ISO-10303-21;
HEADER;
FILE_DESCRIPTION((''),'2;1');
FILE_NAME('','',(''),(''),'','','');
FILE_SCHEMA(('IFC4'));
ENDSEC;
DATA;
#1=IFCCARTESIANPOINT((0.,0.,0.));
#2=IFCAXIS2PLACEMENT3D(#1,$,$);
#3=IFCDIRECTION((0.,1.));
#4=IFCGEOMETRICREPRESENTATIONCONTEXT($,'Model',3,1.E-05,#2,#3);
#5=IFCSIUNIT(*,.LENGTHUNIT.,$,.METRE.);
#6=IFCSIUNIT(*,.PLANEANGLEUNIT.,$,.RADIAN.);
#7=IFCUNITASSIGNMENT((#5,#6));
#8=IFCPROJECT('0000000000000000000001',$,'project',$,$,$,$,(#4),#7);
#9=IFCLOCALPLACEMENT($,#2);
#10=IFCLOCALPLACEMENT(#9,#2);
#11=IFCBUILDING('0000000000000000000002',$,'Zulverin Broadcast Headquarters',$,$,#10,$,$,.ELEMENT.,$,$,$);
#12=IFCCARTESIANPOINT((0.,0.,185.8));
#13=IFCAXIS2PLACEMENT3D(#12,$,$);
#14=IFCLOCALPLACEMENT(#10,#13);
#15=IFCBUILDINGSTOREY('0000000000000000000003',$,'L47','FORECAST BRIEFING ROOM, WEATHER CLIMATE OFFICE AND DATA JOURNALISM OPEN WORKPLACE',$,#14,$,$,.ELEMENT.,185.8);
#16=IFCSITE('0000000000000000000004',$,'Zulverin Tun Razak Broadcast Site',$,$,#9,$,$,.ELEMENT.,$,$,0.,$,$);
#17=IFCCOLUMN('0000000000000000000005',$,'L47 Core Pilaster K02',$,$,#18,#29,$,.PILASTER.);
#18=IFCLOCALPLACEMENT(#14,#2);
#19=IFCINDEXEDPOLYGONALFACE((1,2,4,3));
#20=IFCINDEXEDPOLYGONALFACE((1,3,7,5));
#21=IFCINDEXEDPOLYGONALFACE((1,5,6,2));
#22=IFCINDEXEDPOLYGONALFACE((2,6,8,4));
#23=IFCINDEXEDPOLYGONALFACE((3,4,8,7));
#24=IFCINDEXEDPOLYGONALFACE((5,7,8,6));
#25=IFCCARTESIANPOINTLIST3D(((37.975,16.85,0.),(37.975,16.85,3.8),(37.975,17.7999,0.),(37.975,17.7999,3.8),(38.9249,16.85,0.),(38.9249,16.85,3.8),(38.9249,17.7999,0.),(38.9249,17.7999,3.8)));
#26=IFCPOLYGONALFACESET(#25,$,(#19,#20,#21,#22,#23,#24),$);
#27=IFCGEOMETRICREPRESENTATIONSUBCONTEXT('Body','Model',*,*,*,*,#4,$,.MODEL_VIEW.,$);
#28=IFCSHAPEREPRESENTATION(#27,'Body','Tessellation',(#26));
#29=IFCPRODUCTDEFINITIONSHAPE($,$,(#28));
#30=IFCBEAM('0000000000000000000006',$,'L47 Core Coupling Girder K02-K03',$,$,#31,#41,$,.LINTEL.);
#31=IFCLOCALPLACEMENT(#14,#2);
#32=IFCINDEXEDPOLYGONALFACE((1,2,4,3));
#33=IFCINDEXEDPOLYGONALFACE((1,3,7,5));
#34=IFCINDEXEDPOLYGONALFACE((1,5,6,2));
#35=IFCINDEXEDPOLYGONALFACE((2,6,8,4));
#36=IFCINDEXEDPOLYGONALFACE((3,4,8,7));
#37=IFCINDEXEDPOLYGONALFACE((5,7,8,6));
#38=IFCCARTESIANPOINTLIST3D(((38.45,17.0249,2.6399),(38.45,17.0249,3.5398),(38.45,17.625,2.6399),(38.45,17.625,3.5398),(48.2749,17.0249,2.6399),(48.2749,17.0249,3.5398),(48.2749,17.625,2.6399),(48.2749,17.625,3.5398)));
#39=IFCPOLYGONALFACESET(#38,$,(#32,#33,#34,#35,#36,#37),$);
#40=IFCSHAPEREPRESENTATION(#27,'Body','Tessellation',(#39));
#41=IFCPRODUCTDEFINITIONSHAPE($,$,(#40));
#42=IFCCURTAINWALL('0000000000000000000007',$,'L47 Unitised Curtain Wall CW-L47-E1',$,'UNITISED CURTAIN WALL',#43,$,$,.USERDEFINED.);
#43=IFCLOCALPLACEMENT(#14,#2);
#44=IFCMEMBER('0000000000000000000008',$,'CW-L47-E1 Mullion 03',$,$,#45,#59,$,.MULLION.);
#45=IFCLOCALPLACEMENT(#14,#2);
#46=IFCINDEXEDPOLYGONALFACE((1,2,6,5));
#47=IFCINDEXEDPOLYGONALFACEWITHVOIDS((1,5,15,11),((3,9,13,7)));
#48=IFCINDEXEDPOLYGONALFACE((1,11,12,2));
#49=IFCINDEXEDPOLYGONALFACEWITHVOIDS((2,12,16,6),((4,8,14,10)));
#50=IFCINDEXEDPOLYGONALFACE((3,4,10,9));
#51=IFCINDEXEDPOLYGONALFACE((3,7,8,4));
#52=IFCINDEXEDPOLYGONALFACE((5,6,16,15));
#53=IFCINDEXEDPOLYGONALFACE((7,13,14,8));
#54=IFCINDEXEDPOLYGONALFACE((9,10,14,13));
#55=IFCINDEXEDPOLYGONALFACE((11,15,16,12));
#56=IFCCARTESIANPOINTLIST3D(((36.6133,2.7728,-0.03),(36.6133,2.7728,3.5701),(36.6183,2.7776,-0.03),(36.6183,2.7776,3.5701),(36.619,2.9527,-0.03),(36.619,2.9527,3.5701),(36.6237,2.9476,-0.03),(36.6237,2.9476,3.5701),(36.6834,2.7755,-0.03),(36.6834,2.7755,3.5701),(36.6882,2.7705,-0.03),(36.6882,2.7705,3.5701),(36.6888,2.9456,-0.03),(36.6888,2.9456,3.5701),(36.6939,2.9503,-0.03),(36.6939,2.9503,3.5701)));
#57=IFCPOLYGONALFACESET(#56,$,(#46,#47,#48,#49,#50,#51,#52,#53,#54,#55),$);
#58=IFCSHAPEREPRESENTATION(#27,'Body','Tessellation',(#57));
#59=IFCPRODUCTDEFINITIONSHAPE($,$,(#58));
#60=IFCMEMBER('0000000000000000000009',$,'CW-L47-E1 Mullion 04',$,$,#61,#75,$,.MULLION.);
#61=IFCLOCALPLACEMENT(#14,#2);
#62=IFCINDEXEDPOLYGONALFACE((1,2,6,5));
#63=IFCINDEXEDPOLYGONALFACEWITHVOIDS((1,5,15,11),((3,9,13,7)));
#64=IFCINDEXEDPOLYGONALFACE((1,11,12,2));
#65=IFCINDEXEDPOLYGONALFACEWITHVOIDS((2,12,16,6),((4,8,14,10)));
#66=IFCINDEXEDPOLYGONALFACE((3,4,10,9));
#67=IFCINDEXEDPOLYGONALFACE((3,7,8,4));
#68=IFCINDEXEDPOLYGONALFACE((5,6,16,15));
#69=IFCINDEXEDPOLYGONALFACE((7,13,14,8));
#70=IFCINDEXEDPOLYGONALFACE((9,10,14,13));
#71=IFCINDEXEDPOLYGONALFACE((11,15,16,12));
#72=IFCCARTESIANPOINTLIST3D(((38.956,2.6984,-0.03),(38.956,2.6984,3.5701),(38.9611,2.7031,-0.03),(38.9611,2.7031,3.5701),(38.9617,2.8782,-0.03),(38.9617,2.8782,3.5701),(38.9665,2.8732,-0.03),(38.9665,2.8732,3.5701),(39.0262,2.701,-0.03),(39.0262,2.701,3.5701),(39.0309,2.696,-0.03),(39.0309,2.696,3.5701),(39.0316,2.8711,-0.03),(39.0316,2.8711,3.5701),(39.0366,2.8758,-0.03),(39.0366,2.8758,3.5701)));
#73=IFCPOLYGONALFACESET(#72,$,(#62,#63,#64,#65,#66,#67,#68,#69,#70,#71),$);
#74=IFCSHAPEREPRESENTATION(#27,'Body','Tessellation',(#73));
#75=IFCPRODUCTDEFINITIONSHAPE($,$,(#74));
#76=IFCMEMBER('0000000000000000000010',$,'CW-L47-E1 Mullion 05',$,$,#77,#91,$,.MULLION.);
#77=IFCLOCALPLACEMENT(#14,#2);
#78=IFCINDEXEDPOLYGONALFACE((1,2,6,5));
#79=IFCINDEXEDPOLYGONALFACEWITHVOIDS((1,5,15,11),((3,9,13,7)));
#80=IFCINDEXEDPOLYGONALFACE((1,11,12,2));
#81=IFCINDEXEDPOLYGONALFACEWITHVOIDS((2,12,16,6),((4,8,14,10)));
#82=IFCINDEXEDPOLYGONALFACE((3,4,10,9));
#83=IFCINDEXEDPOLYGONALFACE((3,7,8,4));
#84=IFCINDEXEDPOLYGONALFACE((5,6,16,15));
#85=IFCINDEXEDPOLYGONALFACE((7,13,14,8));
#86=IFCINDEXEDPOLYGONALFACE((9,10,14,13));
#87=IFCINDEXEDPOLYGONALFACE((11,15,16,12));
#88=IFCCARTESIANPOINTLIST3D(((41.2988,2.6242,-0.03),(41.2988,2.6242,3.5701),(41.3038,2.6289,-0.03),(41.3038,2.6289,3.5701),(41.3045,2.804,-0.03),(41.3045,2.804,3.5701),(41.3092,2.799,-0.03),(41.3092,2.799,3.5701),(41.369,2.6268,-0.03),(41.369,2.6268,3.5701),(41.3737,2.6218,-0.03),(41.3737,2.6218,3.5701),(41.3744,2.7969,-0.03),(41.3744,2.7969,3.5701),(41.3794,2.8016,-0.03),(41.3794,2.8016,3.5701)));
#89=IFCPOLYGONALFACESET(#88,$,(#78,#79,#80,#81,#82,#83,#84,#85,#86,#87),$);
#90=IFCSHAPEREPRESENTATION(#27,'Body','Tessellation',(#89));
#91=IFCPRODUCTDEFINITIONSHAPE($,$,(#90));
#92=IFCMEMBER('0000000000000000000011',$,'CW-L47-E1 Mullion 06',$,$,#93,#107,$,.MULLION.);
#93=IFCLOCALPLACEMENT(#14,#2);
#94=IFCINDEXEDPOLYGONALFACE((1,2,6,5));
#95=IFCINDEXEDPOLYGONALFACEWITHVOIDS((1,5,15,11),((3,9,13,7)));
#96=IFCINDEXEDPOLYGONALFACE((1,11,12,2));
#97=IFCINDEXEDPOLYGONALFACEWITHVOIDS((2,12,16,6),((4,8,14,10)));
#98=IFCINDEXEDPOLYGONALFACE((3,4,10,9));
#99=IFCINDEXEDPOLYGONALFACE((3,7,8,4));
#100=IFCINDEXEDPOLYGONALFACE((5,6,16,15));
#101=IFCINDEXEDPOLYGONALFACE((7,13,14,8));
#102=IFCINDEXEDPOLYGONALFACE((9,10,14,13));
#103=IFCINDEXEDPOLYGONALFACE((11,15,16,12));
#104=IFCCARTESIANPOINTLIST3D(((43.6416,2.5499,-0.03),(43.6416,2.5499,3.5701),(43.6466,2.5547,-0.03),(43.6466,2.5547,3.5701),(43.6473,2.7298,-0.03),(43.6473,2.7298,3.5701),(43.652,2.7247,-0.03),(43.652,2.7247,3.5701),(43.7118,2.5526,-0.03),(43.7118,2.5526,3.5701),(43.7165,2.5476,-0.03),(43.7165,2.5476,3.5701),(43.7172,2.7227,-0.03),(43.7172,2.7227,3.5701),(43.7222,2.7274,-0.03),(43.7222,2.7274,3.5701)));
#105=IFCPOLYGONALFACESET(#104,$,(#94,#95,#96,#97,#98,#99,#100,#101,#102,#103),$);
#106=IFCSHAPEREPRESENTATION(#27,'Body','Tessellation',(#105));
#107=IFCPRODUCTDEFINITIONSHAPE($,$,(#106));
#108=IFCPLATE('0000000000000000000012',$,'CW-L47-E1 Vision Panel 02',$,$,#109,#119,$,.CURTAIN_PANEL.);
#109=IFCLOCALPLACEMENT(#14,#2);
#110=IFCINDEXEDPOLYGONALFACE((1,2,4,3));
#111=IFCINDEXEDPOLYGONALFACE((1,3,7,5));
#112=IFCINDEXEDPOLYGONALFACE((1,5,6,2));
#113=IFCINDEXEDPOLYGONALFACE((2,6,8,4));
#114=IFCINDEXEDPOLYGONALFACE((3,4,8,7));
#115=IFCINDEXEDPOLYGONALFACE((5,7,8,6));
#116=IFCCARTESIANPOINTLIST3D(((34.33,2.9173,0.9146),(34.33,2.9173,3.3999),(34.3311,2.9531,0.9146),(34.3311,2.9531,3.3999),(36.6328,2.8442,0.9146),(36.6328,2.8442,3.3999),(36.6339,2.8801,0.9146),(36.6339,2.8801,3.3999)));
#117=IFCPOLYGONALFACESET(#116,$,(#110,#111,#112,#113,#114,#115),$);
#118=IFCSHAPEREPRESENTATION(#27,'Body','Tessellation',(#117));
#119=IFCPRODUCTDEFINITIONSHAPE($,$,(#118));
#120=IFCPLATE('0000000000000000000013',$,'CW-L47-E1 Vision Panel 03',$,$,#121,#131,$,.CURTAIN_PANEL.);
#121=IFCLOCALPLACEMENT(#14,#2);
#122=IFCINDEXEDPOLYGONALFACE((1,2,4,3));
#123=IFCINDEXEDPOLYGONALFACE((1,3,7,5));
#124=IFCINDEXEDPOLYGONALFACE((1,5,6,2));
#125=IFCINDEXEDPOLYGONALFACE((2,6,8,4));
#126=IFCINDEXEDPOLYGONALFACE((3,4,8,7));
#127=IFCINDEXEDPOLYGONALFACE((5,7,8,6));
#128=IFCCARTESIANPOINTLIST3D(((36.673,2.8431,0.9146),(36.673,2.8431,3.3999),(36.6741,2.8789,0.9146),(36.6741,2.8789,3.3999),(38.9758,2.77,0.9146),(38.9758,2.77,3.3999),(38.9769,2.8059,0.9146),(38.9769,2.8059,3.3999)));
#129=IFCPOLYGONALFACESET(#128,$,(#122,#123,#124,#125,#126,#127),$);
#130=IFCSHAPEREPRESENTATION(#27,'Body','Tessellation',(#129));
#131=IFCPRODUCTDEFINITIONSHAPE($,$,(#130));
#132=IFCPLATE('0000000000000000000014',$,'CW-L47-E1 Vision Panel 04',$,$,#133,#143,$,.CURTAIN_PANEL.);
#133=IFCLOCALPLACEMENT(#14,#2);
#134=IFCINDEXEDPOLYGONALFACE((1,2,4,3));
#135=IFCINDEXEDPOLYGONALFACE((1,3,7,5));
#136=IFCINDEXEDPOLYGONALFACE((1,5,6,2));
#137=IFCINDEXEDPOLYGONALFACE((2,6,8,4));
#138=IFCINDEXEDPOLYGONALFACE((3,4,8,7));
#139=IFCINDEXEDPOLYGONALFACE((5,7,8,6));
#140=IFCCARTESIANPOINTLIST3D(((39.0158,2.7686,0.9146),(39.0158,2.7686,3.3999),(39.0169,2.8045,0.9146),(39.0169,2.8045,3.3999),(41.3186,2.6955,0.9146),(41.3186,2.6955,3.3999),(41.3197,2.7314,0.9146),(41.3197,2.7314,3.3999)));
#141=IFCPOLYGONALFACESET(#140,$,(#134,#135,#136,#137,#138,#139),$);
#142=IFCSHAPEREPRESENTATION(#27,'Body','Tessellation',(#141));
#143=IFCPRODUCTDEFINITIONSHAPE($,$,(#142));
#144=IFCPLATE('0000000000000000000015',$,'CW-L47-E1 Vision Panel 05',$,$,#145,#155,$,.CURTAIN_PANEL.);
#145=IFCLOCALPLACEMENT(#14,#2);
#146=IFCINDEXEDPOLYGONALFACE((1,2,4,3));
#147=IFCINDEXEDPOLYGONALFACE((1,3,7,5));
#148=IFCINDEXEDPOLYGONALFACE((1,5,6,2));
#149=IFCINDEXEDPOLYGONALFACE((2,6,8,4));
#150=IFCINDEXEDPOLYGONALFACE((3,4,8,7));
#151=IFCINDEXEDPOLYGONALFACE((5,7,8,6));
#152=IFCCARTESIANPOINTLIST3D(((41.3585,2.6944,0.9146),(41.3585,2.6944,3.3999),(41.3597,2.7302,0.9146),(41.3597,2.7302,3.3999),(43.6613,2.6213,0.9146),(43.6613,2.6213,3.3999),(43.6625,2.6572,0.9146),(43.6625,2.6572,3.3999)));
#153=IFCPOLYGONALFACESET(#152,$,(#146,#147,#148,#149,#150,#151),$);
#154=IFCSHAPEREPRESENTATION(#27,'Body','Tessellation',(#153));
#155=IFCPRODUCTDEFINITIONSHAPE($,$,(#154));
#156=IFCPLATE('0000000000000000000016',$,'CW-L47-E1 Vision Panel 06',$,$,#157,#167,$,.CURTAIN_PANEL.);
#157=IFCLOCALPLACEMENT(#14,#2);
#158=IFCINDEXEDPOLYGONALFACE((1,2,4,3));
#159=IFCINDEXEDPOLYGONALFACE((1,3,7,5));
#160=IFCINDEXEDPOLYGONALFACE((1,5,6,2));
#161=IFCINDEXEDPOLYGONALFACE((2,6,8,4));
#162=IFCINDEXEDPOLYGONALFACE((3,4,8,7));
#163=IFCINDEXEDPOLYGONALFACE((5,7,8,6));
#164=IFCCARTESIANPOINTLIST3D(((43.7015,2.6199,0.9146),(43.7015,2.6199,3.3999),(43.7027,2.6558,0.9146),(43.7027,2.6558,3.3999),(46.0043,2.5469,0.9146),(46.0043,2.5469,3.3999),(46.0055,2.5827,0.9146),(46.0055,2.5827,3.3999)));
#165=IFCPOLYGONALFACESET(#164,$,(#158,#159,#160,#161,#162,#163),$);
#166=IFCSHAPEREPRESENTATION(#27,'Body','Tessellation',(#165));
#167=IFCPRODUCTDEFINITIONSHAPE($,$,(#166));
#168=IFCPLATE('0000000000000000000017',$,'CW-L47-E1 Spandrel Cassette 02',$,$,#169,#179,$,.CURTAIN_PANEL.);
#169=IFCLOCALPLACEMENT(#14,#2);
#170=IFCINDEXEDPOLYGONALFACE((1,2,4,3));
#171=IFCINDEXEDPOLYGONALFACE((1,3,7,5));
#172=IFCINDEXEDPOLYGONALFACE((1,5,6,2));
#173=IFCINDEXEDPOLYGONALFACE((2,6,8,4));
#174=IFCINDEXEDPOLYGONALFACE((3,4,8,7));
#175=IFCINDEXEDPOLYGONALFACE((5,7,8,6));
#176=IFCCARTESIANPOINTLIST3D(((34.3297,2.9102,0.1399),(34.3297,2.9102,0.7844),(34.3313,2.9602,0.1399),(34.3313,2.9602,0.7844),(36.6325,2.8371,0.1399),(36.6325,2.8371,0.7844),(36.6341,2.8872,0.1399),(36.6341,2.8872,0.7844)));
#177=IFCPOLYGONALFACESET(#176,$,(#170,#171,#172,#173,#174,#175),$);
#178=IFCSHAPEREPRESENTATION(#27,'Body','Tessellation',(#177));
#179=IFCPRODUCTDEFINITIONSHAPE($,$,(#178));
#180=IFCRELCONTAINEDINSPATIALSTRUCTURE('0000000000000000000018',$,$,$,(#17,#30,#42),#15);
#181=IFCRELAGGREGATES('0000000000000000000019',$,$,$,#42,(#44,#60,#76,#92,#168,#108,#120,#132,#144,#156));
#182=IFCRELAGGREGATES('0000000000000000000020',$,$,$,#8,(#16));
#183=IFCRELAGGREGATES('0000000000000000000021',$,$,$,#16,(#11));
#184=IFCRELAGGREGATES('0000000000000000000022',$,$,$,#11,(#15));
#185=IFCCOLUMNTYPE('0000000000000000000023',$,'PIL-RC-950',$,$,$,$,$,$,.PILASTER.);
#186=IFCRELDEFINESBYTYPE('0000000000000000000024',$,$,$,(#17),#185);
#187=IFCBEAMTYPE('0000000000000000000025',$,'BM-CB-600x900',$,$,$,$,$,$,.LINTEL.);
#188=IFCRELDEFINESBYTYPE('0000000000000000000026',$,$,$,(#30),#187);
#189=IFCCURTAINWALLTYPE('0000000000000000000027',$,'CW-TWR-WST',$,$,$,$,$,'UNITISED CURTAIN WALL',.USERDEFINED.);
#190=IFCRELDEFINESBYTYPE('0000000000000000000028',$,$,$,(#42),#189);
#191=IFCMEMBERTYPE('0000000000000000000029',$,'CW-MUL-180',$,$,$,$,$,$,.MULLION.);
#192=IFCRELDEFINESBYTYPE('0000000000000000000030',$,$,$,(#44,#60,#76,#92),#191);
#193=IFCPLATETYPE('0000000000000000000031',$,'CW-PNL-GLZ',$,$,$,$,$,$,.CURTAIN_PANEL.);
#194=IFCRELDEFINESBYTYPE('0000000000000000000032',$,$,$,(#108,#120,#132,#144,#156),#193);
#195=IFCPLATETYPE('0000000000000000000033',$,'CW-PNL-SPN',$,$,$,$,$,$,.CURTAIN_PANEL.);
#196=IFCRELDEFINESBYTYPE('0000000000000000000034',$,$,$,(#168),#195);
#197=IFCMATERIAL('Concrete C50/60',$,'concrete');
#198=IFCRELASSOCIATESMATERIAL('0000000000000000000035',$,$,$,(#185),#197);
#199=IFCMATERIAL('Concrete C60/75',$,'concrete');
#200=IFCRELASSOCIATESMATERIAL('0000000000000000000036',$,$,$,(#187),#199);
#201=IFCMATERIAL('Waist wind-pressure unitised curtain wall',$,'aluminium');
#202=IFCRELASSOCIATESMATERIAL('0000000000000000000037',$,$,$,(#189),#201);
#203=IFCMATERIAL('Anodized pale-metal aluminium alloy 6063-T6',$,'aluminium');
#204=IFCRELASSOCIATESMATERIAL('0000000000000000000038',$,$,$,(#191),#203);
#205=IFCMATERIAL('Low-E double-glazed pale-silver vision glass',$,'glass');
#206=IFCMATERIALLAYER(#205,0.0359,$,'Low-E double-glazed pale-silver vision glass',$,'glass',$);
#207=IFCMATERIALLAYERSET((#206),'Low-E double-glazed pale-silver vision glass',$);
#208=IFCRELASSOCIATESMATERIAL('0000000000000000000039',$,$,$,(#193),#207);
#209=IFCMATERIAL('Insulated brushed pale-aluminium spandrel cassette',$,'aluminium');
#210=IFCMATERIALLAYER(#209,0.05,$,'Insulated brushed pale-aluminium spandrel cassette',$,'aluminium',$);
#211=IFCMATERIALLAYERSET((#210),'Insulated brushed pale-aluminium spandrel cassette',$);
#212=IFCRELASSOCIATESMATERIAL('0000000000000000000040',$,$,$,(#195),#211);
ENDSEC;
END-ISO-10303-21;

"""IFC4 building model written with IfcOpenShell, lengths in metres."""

from ifc_helpers import new_model, si_unit, direction, frame, origin, origin_2d, place, context, subcontext, project, spatial, rectangle, hollow_rectangle, extrude, material, layer, layer_set, material_profile, profile_set, type_object, element, aggregate, save


model = new_model("IFC4")

# Units and contexts
model_context = context("Model", 3, precision=1e-05, world=origin(), true_north=direction((0.0, 1.0)))
body_context = subcontext(model_context, "Body", "Model", "MODEL_VIEW")
ifc_project = project(units=[si_unit("LENGTHUNIT", "METRE"), si_unit("PLANEANGLEUNIT", "RADIAN")], contexts=[model_context])

# Site, building, storey
site_placement = place(None, origin())
site = spatial("IfcSite", under=ifc_project, at=site_placement, Name="Zulverin Tun Razak Broadcast Site", CompositionType="ELEMENT", RefElevation=0.0)
building_placement = place(site_placement, origin())
building = spatial("IfcBuilding", under=site, at=building_placement, Name="Zulverin Broadcast Headquarters", CompositionType="ELEMENT")
storey_placement = place(building_placement, frame((0.0, 0.0, 185.8)))
storey = spatial("IfcBuildingStorey", under=building, at=storey_placement, Name="L47", Description="FORECAST BRIEFING ROOM, WEATHER CLIMATE OFFICE AND DATA JOURNALISM OPEN WORKPLACE", CompositionType="ELEMENT", Elevation=185.8)

# Column
ifc_material_1 = material(Name="Concrete C50/60", Category="concrete")
ifc_material_profile_1 = material_profile(ifc_material_1, rectangle(XDim=0.95, YDim=0.95, at=origin_2d()), Name="Concrete C50/60", Category="concrete")
ifc_profile_set_1 = profile_set([ifc_material_profile_1], Name="Concrete C50/60")
column_type = type_object("IfcColumnType", Name="PIL-RC-950", PredefinedType="PILASTER", material=ifc_profile_set_1)
column_placement = place(storey_placement, frame((38.45, 17.325, 0.0), z_axis=(0.0, 0.0, 1.0), x_axis=(1.0, 0.0, 0.0)))
element("IfcColumn", 1, at=column_placement, inside=storey, type_object=column_type, Name="L47 Core Pilaster K02", PredefinedType="PILASTER", context=body_context, shape_type="SweptSolid", body=[
    extrude(rectangle(XDim=0.95, YDim=0.95, at=origin_2d()), origin(), (0.0, 0.0, 1.0), 3.8),
])

# Beam
ifc_material_2 = material(Name="Concrete C60/75", Category="concrete")
ifc_material_profile_2 = material_profile(ifc_material_2, rectangle(XDim=0.6001, YDim=0.8999, at=origin_2d()), Name="Concrete C60/75", Category="concrete")
ifc_profile_set_2 = profile_set([ifc_material_profile_2], Name="Concrete C60/75")
beam_type = type_object("IfcBeamType", Name="BM-CB-600x900", PredefinedType="LINTEL", material=ifc_profile_set_2)
beam_placement = place(storey_placement, frame((38.45, 17.325, 3.0898), z_axis=(1.0, 0.0, 0.0), x_axis=(0.0, 1.0, 0.0)))
element("IfcBeam", 2, at=beam_placement, inside=storey, type_object=beam_type, Name="L47 Core Coupling Girder K02-K03", PredefinedType="LINTEL", context=body_context, shape_type="SweptSolid", body=[
    extrude(rectangle(XDim=0.6001, YDim=0.8999, at=origin_2d()), origin(), (0.0, 0.0, 1.0), 9.825),
])

# Curtain wall, members, plates
ifc_material_3 = material(Name="Waist wind-pressure unitised curtain wall", Category="aluminium")
curtain_wall_type = type_object("IfcCurtainWallType", Name="CW-TWR-WST", ElementType="UNITISED CURTAIN WALL", PredefinedType="USERDEFINED", material=ifc_material_3)
curtain_wall_placement = place(storey_placement, origin())
curtain_wall = element("IfcCurtainWall", 3, at=curtain_wall_placement, inside=storey, type_object=curtain_wall_type, Name="L47 Unitised Curtain Wall CW-L47-E1", ObjectType="UNITISED CURTAIN WALL", PredefinedType="USERDEFINED")
ifc_material_4 = material(Name="Anodized pale-metal aluminium alloy 6063-T6", Category="aluminium")
ifc_material_profile_3 = material_profile(ifc_material_4, hollow_rectangle(XDim=0.075, YDim=0.1799, WallThickness=0.0049, at=origin_2d()), Name="Anodized pale-metal aluminium alloy 6063-T6", Category="aluminium")
ifc_profile_set_3 = profile_set([ifc_material_profile_3], Name="Anodized pale-metal aluminium alloy 6063-T6")
member_type = type_object("IfcMemberType", Name="CW-MUL-180", PredefinedType="MULLION", material=ifc_profile_set_3)
member_1_placement = place(storey_placement, frame((36.6536, 2.8616, -0.03), z_axis=(0.0, 0.0, 1.0), x_axis=(0.999497, -0.031709, 0.0)))
member_1 = element("IfcMember", 4, at=member_1_placement, type_object=member_type, Name="CW-L47-E1 Mullion 03", PredefinedType="MULLION", context=body_context, shape_type="SweptSolid", body=[
    extrude(hollow_rectangle(XDim=0.075, YDim=0.1799, WallThickness=0.0049, at=origin_2d()), origin(), (0.0, 0.0, 1.0), 3.6001),
])
member_2_placement = place(storey_placement, frame((38.9963, 2.7871, -0.03), z_axis=(0.0, 0.0, 1.0), x_axis=(0.999497, -0.031709, 0.0)))
member_2 = element("IfcMember", 5, at=member_2_placement, type_object=member_type, Name="CW-L47-E1 Mullion 04", PredefinedType="MULLION", context=body_context, shape_type="SweptSolid", body=[
    extrude(hollow_rectangle(XDim=0.075, YDim=0.1799, WallThickness=0.0049, at=origin_2d()), origin(), (0.0, 0.0, 1.0), 3.6001),
])
member_3_placement = place(storey_placement, frame((41.3391, 2.7129, -0.03), z_axis=(0.0, 0.0, 1.0), x_axis=(0.999497, -0.031709, 0.0)))
member_3 = element("IfcMember", 6, at=member_3_placement, type_object=member_type, Name="CW-L47-E1 Mullion 05", PredefinedType="MULLION", context=body_context, shape_type="SweptSolid", body=[
    extrude(hollow_rectangle(XDim=0.075, YDim=0.1799, WallThickness=0.0049, at=origin_2d()), origin(), (0.0, 0.0, 1.0), 3.6001),
])
member_4_placement = place(storey_placement, frame((43.6819, 2.6387, -0.03), z_axis=(0.0, 0.0, 1.0), x_axis=(0.999497, -0.031709, 0.0)))
member_4 = element("IfcMember", 7, at=member_4_placement, type_object=member_type, Name="CW-L47-E1 Mullion 06", PredefinedType="MULLION", context=body_context, shape_type="SweptSolid", body=[
    extrude(hollow_rectangle(XDim=0.075, YDim=0.1799, WallThickness=0.0049, at=origin_2d()), origin(), (0.0, 0.0, 1.0), 3.6001),
])
ifc_material_5 = material(Name="Low-E double-glazed pale-silver vision glass", Category="glass")
ifc_layer_1 = layer(ifc_material_5, 0.0359, Name="Low-E double-glazed pale-silver vision glass", Category="glass")
ifc_layer_set_1 = layer_set([ifc_layer_1], Name="Low-E double-glazed pale-silver vision glass")
plate_type_1 = type_object("IfcPlateType", Name="CW-PNL-GLZ", PredefinedType="CURTAIN_PANEL", material=ifc_layer_set_1)
plate_1_placement = place(storey_placement, frame((35.4819, 2.8987, 0.9146), z_axis=(0.0, 0.0, 1.0), x_axis=(0.999497, -0.031709, 0.0)))
plate_1 = element("IfcPlate", 8, at=plate_1_placement, type_object=plate_type_1, Name="CW-L47-E1 Vision Panel 02", PredefinedType="CURTAIN_PANEL", context=body_context, shape_type="SweptSolid", body=[
    extrude(rectangle(XDim=2.304, YDim=0.0359, at=origin_2d()), origin(), (0.0, 0.0, 1.0), 2.4854),
])
plate_2_placement = place(storey_placement, frame((37.825, 2.8245, 0.9146), z_axis=(0.0, 0.0, 1.0), x_axis=(0.999497, -0.031709, 0.0)))
plate_2 = element("IfcPlate", 9, at=plate_2_placement, type_object=plate_type_1, Name="CW-L47-E1 Vision Panel 03", PredefinedType="CURTAIN_PANEL", context=body_context, shape_type="SweptSolid", body=[
    extrude(rectangle(XDim=2.304, YDim=0.0359, at=origin_2d()), origin(), (0.0, 0.0, 1.0), 2.4854),
])
plate_3_placement = place(storey_placement, frame((40.1677, 2.75, 0.9146), z_axis=(0.0, 0.0, 1.0), x_axis=(0.999497, -0.031709, 0.0)))
plate_3 = element("IfcPlate", 10, at=plate_3_placement, type_object=plate_type_1, Name="CW-L47-E1 Vision Panel 04", PredefinedType="CURTAIN_PANEL", context=body_context, shape_type="SweptSolid", body=[
    extrude(rectangle(XDim=2.304, YDim=0.0359, at=origin_2d()), origin(), (0.0, 0.0, 1.0), 2.4854),
])
plate_4_placement = place(storey_placement, frame((42.5105, 2.6758, 0.9146), z_axis=(0.0, 0.0, 1.0), x_axis=(0.999497, -0.031709, 0.0)))
plate_4 = element("IfcPlate", 11, at=plate_4_placement, type_object=plate_type_1, Name="CW-L47-E1 Vision Panel 05", PredefinedType="CURTAIN_PANEL", context=body_context, shape_type="SweptSolid", body=[
    extrude(rectangle(XDim=2.304, YDim=0.0359, at=origin_2d()), origin(), (0.0, 0.0, 1.0), 2.4854),
])
plate_5_placement = place(storey_placement, frame((44.8535, 2.6013, 0.9146), z_axis=(0.0, 0.0, 1.0), x_axis=(0.999497, -0.031709, 0.0)))
plate_5 = element("IfcPlate", 12, at=plate_5_placement, type_object=plate_type_1, Name="CW-L47-E1 Vision Panel 06", PredefinedType="CURTAIN_PANEL", context=body_context, shape_type="SweptSolid", body=[
    extrude(rectangle(XDim=2.304, YDim=0.0359, at=origin_2d()), origin(), (0.0, 0.0, 1.0), 2.4854),
])
ifc_material_6 = material(Name="Insulated brushed pale-aluminium spandrel cassette", Category="aluminium")
ifc_layer_2 = layer(ifc_material_6, 0.05, Name="Insulated brushed pale-aluminium spandrel cassette", Category="aluminium")
ifc_layer_set_2 = layer_set([ifc_layer_2], Name="Insulated brushed pale-aluminium spandrel cassette")
plate_type_2 = type_object("IfcPlateType", Name="CW-PNL-SPN", PredefinedType="CURTAIN_PANEL", material=ifc_layer_set_2)
plate_6_placement = place(storey_placement, frame((35.4819, 2.8987, 0.1399), z_axis=(0.0, 0.0, 1.0), x_axis=(0.999497, -0.031709, 0.0)))
plate_6 = element("IfcPlate", 13, at=plate_6_placement, type_object=plate_type_2, Name="CW-L47-E1 Spandrel Cassette 02", PredefinedType="CURTAIN_PANEL", context=body_context, shape_type="SweptSolid", body=[
    extrude(rectangle(XDim=2.304, YDim=0.05, at=origin_2d()), origin(), (0.0, 0.0, 1.0), 0.6445),
])
aggregate(curtain_wall, [member_1, member_2, member_3, member_4, plate_6, plate_1, plate_2, plate_3, plate_4, plate_5])

save(model, "model.ifc")
